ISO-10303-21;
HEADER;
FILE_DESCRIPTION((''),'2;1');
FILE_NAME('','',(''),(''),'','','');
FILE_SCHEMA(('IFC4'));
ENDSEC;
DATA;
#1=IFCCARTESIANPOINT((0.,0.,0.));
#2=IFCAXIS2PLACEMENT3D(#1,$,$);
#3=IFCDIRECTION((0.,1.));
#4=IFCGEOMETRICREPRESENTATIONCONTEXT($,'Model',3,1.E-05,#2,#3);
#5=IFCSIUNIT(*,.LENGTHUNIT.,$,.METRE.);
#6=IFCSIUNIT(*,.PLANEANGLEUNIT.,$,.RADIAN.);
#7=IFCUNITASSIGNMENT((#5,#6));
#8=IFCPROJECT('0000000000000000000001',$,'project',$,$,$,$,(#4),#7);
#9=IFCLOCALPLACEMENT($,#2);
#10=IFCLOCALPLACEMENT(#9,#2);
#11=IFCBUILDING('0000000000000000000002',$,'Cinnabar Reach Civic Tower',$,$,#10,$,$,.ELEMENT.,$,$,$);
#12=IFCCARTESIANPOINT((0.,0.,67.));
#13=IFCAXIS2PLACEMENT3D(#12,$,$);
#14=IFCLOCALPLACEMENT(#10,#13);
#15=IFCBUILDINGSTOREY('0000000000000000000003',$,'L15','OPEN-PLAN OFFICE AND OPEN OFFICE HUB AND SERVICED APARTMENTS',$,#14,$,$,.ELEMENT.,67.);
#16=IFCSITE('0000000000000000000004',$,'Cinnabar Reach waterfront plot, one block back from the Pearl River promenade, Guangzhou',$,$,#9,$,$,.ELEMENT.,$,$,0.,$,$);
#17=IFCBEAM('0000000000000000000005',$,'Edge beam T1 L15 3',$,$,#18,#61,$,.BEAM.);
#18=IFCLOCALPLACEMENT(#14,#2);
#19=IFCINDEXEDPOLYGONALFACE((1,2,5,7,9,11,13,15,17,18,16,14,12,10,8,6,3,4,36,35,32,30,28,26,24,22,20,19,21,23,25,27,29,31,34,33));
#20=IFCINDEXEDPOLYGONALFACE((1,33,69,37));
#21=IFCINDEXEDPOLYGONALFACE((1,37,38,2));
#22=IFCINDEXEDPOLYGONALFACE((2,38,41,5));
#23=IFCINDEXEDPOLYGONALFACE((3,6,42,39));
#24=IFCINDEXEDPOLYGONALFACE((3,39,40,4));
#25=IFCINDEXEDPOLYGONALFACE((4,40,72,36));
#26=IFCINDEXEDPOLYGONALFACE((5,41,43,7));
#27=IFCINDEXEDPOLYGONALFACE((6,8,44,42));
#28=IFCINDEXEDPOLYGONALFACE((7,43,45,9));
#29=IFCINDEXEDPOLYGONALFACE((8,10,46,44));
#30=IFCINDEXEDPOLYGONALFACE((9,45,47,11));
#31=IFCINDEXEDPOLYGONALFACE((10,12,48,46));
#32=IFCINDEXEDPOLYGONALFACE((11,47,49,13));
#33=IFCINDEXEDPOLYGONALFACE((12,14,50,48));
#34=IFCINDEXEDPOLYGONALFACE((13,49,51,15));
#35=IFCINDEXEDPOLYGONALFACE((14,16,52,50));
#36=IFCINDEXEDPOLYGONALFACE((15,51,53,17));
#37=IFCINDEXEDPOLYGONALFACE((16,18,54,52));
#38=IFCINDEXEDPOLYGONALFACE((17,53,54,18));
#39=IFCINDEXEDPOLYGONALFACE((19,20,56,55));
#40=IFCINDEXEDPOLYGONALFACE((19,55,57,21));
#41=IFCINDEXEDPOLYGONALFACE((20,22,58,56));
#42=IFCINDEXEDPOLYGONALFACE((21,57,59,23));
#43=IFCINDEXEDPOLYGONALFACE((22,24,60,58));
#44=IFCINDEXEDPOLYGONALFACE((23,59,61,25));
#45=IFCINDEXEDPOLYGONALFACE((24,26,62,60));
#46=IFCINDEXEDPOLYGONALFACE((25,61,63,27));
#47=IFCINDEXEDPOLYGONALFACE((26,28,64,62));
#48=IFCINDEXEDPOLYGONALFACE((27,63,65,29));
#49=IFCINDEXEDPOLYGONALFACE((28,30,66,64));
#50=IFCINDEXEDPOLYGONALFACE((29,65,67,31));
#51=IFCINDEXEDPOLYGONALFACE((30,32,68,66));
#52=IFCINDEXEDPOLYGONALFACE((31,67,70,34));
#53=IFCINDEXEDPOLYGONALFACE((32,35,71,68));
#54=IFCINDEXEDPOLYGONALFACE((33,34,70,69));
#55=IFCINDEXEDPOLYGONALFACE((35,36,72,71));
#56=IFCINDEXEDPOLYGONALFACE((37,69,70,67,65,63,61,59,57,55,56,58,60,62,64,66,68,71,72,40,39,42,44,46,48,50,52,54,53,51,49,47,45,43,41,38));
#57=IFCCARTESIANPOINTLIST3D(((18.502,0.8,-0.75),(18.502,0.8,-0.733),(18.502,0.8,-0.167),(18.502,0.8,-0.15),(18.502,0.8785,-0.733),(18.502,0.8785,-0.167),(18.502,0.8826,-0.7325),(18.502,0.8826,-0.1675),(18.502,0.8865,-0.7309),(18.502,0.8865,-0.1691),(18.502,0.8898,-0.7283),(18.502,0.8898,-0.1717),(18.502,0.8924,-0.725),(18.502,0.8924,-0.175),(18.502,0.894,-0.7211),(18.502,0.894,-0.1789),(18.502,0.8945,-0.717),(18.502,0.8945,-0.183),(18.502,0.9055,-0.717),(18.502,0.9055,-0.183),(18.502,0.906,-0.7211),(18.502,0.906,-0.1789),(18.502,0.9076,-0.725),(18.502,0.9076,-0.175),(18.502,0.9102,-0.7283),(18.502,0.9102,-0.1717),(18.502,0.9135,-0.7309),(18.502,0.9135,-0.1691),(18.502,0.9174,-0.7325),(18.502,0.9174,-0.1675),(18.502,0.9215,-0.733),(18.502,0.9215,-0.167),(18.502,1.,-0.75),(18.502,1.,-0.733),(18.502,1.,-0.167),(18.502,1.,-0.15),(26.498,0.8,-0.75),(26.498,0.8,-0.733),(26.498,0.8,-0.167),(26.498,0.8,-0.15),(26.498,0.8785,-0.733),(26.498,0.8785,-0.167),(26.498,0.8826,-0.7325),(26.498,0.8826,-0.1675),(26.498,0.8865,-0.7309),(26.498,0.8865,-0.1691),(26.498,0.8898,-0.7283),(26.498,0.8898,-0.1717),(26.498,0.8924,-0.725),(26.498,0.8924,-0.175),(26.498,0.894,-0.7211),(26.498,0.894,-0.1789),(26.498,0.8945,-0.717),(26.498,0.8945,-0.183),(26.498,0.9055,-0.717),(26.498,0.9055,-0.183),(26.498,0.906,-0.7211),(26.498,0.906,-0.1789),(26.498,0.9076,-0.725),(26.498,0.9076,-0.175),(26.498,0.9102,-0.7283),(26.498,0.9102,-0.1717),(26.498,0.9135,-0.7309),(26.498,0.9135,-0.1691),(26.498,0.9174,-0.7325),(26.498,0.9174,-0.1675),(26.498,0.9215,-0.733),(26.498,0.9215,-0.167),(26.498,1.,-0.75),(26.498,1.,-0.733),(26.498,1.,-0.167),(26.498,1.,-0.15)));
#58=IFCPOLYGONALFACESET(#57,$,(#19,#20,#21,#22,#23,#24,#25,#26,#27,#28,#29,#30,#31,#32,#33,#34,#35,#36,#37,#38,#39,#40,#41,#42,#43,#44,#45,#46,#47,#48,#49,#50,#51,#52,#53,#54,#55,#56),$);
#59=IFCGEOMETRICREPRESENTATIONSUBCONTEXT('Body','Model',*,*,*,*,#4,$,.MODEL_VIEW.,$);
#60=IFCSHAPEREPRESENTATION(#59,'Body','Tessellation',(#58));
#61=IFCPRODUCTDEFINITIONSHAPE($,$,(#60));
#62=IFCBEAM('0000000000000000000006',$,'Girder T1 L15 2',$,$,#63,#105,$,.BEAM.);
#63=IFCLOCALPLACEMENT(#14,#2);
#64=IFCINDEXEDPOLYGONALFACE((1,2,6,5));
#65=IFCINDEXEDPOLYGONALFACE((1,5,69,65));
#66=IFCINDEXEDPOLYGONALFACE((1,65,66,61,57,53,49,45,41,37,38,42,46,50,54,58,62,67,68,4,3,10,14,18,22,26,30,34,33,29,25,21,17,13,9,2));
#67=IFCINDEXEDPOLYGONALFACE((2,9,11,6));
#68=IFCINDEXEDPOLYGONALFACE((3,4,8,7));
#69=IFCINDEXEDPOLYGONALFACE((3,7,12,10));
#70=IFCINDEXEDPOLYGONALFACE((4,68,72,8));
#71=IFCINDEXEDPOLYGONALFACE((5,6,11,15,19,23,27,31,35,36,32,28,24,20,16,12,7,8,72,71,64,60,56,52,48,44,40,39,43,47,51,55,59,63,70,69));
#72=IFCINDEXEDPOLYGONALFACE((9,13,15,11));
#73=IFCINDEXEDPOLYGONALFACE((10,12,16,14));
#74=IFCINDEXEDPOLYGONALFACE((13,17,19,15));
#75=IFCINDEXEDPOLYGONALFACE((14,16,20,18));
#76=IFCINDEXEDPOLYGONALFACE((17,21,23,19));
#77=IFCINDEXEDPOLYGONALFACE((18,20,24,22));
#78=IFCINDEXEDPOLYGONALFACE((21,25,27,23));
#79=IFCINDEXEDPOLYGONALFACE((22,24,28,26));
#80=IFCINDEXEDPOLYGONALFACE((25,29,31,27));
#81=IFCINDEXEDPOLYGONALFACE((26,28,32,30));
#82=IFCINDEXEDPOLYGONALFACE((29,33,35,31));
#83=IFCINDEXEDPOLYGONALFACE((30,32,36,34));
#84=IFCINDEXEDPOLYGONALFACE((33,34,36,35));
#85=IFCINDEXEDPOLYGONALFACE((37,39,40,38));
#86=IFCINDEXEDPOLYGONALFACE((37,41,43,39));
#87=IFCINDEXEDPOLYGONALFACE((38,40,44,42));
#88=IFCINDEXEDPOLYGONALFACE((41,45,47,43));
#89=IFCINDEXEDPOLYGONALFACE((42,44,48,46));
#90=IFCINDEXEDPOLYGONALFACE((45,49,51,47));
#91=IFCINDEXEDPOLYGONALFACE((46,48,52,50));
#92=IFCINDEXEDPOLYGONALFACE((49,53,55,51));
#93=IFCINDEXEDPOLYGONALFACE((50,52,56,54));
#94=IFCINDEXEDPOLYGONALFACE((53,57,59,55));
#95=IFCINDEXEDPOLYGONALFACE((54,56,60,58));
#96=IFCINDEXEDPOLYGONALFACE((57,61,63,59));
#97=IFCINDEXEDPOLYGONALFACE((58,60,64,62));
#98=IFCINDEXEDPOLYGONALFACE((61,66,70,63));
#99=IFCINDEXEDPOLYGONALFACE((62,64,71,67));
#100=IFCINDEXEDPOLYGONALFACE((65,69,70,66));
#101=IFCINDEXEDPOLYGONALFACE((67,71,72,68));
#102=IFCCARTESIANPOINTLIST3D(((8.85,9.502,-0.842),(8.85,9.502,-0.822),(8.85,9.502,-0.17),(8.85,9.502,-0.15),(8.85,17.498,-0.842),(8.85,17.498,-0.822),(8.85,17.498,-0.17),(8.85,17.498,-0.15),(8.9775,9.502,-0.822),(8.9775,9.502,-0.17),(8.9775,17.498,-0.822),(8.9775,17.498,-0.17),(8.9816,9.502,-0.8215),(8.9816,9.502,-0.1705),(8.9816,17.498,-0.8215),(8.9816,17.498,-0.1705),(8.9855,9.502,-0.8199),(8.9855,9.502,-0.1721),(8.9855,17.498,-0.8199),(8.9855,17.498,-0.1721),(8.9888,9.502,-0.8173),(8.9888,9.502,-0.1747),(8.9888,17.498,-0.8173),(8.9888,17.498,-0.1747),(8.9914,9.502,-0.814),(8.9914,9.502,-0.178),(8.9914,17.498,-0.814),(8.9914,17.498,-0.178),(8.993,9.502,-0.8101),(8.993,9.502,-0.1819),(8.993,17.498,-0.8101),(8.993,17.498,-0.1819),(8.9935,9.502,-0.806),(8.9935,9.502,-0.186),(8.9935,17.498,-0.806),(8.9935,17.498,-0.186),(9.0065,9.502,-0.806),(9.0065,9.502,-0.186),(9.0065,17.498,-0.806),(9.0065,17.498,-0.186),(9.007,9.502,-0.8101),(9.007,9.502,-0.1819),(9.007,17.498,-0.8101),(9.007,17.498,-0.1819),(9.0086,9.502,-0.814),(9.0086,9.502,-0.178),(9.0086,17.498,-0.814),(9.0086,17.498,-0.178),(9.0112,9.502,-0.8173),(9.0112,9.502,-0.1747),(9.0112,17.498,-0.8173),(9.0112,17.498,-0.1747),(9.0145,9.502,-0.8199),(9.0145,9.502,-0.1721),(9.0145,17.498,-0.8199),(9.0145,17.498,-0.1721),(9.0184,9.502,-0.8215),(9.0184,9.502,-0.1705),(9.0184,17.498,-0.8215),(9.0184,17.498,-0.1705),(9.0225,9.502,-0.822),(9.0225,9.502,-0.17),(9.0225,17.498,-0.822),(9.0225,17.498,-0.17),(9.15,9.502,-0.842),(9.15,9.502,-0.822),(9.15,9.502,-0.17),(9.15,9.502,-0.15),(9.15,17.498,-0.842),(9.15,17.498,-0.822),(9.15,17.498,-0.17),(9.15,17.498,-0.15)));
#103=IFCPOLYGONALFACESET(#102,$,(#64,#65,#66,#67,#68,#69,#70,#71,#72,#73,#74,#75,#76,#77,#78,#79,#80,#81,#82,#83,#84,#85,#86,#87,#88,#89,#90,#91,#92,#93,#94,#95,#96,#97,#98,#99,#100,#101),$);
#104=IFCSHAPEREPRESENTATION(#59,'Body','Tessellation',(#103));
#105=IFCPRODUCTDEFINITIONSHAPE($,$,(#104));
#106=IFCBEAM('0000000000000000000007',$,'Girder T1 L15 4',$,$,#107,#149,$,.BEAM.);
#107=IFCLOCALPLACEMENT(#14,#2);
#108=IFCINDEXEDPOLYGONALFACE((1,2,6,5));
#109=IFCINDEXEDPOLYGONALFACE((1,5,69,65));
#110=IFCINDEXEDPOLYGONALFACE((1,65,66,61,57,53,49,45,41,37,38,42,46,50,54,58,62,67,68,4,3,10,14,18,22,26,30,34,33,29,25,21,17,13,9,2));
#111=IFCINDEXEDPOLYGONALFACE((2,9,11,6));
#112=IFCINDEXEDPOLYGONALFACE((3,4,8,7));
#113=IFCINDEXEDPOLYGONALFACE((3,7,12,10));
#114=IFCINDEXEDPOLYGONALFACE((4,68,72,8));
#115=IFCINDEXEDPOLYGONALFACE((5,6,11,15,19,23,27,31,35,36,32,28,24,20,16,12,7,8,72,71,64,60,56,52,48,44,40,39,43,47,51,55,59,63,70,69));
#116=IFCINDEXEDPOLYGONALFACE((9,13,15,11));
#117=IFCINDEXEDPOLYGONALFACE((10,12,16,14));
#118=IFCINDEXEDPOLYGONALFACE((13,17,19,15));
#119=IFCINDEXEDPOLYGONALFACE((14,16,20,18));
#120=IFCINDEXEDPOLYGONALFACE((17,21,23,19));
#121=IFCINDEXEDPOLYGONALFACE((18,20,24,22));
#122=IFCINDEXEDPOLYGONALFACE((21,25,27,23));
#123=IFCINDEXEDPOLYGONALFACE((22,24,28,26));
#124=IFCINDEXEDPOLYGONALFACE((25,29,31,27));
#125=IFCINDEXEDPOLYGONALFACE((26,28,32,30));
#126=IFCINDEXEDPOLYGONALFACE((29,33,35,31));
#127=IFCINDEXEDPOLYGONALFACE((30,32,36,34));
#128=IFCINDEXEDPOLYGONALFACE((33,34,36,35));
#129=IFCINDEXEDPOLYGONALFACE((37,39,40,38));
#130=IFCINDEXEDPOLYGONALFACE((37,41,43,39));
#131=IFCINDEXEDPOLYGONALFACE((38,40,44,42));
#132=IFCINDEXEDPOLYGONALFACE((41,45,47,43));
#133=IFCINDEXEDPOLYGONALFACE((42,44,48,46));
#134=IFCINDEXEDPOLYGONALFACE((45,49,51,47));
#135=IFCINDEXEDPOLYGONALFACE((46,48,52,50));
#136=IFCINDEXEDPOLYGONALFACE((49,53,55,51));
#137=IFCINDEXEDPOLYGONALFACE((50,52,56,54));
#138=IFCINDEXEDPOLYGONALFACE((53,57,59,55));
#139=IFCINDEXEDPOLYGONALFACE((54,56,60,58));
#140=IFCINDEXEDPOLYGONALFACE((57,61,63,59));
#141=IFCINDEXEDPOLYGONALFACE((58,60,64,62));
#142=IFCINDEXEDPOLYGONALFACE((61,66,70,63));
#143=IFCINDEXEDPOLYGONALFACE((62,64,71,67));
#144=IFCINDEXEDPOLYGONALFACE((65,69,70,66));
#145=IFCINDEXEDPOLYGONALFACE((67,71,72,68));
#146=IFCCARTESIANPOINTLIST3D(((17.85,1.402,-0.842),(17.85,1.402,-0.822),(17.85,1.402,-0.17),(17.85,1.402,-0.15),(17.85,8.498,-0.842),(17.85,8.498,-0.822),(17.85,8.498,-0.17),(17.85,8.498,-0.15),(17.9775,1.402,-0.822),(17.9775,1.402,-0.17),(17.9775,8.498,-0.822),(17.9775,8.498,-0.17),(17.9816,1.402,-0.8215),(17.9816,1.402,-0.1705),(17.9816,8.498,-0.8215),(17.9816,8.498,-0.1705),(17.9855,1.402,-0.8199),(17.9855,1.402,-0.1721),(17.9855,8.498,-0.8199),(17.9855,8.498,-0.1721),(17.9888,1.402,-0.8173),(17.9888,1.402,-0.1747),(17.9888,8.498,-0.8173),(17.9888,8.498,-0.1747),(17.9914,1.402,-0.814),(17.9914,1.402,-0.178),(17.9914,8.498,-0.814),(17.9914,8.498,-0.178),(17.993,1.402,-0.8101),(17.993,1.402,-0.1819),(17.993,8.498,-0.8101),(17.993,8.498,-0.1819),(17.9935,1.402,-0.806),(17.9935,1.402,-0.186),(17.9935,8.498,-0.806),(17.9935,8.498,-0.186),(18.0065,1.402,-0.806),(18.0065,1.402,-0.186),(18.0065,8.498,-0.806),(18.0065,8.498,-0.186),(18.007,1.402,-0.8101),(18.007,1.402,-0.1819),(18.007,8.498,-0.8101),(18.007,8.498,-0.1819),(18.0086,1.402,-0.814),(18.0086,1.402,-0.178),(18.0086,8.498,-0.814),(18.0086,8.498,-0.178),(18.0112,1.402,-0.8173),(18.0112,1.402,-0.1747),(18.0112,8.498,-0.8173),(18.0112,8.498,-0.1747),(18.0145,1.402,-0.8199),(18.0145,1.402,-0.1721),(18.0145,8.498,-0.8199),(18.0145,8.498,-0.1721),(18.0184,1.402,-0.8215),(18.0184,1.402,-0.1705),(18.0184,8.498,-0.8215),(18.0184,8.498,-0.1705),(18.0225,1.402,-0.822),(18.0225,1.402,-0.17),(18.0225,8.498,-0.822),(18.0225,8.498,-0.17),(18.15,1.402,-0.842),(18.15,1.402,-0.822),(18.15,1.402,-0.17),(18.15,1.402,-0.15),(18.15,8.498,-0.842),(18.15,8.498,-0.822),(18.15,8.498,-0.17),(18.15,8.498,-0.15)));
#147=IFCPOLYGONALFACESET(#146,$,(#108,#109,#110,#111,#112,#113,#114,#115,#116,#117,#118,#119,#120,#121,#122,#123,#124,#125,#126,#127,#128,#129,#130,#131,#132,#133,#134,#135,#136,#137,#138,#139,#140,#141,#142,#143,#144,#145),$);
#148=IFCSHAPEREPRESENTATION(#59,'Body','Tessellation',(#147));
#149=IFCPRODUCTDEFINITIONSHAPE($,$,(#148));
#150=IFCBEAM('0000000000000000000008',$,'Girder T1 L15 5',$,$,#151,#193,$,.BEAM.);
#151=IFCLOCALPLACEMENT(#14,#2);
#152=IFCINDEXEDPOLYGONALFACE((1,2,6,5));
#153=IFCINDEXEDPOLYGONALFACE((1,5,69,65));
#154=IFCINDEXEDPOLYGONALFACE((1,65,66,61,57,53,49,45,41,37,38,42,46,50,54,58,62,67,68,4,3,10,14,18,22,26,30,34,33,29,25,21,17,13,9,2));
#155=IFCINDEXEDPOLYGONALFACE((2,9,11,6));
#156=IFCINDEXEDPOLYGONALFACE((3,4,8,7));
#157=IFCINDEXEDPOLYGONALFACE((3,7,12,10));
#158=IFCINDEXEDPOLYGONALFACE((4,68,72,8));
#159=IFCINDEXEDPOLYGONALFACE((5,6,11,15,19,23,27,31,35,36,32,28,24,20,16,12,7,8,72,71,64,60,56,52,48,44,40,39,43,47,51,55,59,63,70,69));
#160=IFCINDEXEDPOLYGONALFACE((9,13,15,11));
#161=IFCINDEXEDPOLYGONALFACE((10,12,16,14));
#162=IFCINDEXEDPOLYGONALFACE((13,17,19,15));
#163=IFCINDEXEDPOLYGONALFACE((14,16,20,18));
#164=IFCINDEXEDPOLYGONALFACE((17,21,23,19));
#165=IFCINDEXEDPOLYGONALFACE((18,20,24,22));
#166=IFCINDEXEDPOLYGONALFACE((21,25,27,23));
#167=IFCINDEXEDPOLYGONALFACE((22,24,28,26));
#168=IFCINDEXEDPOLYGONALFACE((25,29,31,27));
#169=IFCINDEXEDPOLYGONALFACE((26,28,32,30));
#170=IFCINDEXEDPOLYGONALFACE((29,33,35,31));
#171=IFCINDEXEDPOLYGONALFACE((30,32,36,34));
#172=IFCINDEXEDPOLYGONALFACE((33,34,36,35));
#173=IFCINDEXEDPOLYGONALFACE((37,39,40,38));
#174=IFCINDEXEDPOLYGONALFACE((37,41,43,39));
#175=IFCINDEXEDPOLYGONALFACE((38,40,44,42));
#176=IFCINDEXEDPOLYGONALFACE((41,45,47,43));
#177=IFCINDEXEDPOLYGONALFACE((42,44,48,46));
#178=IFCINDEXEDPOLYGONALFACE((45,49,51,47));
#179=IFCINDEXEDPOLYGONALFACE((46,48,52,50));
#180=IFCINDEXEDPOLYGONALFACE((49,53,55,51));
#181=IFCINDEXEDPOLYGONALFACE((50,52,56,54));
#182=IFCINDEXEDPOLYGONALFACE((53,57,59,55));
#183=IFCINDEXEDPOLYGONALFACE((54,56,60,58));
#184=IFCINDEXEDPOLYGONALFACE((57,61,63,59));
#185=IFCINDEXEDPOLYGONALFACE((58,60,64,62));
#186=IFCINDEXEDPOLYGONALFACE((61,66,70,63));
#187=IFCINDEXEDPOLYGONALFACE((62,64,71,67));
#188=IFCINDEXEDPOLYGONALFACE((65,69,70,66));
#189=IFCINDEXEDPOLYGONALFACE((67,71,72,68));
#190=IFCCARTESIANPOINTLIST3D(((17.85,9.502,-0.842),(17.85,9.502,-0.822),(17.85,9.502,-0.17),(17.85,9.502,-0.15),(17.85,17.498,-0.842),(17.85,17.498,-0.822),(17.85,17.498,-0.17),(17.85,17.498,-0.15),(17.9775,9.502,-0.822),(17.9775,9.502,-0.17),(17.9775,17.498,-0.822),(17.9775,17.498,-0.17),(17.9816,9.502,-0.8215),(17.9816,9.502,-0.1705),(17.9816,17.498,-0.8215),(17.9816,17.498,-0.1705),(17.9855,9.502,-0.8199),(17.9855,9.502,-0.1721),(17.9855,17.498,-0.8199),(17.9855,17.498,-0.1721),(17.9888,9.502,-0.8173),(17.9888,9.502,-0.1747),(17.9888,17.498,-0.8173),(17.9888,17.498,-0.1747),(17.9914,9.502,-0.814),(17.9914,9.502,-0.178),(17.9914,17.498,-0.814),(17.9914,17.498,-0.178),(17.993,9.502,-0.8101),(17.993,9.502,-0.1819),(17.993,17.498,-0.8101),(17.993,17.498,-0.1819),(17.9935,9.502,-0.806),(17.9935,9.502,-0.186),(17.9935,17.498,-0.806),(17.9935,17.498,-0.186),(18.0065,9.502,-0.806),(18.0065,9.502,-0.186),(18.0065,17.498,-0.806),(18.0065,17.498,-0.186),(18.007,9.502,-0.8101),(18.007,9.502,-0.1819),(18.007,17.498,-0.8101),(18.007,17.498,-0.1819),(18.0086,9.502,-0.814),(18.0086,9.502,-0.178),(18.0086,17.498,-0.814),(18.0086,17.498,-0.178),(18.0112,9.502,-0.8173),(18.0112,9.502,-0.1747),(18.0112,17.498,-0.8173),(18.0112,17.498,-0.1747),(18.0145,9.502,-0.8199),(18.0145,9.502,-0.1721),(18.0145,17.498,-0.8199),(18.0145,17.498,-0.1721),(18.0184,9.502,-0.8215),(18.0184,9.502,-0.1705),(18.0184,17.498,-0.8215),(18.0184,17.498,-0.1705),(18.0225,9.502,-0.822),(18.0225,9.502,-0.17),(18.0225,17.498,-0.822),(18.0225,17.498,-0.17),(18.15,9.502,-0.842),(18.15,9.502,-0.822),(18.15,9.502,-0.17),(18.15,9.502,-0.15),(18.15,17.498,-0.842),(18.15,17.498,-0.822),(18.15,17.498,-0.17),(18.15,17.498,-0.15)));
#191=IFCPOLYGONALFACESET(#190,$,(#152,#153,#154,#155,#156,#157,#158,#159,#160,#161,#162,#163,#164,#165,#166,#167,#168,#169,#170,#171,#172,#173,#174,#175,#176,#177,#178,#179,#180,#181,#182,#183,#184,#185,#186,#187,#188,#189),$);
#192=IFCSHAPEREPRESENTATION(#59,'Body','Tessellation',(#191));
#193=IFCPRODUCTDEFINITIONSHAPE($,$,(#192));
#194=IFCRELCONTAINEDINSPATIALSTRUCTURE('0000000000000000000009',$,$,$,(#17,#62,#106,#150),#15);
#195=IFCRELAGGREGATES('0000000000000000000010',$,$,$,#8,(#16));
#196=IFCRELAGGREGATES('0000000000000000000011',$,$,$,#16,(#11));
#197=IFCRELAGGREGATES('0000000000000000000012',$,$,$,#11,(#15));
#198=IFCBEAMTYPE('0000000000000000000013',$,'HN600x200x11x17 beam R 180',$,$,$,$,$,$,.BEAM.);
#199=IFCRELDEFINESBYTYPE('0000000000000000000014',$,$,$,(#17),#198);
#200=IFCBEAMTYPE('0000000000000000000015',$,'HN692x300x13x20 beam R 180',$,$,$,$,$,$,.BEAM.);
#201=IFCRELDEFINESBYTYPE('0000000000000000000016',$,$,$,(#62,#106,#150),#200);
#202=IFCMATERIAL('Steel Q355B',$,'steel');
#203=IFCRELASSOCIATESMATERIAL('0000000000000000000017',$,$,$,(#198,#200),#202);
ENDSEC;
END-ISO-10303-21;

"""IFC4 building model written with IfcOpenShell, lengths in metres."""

from ifc_helpers import new_model, si_unit, direction, frame, origin, origin_2d, place, context, subcontext, project, spatial, i_section, extrude, material, material_profile, profile_set, type_object, element, save


model = new_model("IFC4")

# Units and contexts
model_context = context("Model", 3, precision=1e-05, world=origin(), true_north=direction((0.0, 1.0)))
body_context = subcontext(model_context, "Body", "Model", "MODEL_VIEW")
ifc_project = project(units=[si_unit("LENGTHUNIT", "METRE"), si_unit("PLANEANGLEUNIT", "RADIAN")], contexts=[model_context])

# Site, building, storey
site_placement = place(None, origin())
site = spatial("IfcSite", under=ifc_project, at=site_placement, Name="Cinnabar Reach waterfront plot, one block back from the Pearl River promenade, Guangzhou", CompositionType="ELEMENT", RefElevation=0.0)
building_placement = place(site_placement, origin())
building = spatial("IfcBuilding", under=site, at=building_placement, Name="Cinnabar Reach Civic Tower", CompositionType="ELEMENT")
storey_placement = place(building_placement, frame((0.0, 0.0, 67.0)))
storey = spatial("IfcBuildingStorey", under=building, at=storey_placement, Name="L15", Description="OPEN-PLAN OFFICE AND OPEN OFFICE HUB AND SERVICED APARTMENTS", CompositionType="ELEMENT", Elevation=67.0)

# Beams
ifc_material_1 = material(Name="Steel Q355B", Category="steel")
ifc_material_profile_1 = material_profile(ifc_material_1, i_section(OverallWidth=0.2, OverallDepth=0.6, WebThickness=0.011, FlangeThickness=0.017, FilletRadius=0.016, at=origin_2d()), Name="HN600x200x11x17")
ifc_profile_set_1 = profile_set([ifc_material_profile_1], Name="Steel Q355B")
beam_type_1 = type_object("IfcBeamType", Name="HN600x200x11x17 beam R 180", PredefinedType="BEAM", material=ifc_profile_set_1)
for number, where, z_axis, x_axis, name in (
    (1, (18.502, 0.9, -0.45), (1.0, 0.0, 0.0), (0.0, 1.0, 0.0), "Edge beam T1 L15 3"),
):
    element("IfcBeam", number, at=place(storey_placement, frame(where, z_axis=z_axis, x_axis=x_axis)), inside=storey, type_object=beam_type_1, Name=name, PredefinedType="BEAM", context=body_context, shape_type="SweptSolid", body=[
        extrude(i_section(OverallWidth=0.2, OverallDepth=0.6, WebThickness=0.011, FlangeThickness=0.017, FilletRadius=0.016, at=origin_2d()), origin(), (0.0, 0.0, 1.0), 7.996),
    ])
ifc_material_profile_2 = material_profile(ifc_material_1, i_section(OverallWidth=0.3, OverallDepth=0.692, WebThickness=0.013, FlangeThickness=0.02, FilletRadius=0.016, at=origin_2d()), Name="HN692x300x13x20")
ifc_profile_set_2 = profile_set([ifc_material_profile_2], Name="Steel Q355B")
beam_type_2 = type_object("IfcBeamType", Name="HN692x300x13x20 beam R 180", PredefinedType="BEAM", material=ifc_profile_set_2)
beam_1_placement = place(storey_placement, frame((9.0, 9.502, -0.496), z_axis=(0.0, 1.0, 0.0), x_axis=(-1.0, 0.0, 0.0)))
element("IfcBeam", 2, at=beam_1_placement, inside=storey, type_object=beam_type_2, Name="Girder T1 L15 2", PredefinedType="BEAM", context=body_context, shape_type="SweptSolid", body=[
    extrude(i_section(OverallWidth=0.3, OverallDepth=0.692, WebThickness=0.013, FlangeThickness=0.02, FilletRadius=0.016, at=origin_2d()), origin(), (0.0, 0.0, 1.0), 7.996),
])
beam_2_placement = place(storey_placement, frame((18.0, 1.402, -0.496), z_axis=(0.0, 1.0, 0.0), x_axis=(-1.0, 0.0, 0.0)))
element("IfcBeam", 3, at=beam_2_placement, inside=storey, type_object=beam_type_2, Name="Girder T1 L15 4", PredefinedType="BEAM", context=body_context, shape_type="SweptSolid", body=[
    extrude(i_section(OverallWidth=0.3, OverallDepth=0.692, WebThickness=0.013, FlangeThickness=0.02, FilletRadius=0.016, at=origin_2d()), origin(), (0.0, 0.0, 1.0), 7.096),
])
beam_3_placement = place(storey_placement, frame((18.0, 9.502, -0.496), z_axis=(0.0, 1.0, 0.0), x_axis=(-1.0, 0.0, 0.0)))
element("IfcBeam", 4, at=beam_3_placement, inside=storey, type_object=beam_type_2, Name="Girder T1 L15 5", PredefinedType="BEAM", context=body_context, shape_type="SweptSolid", body=[
    extrude(i_section(OverallWidth=0.3, OverallDepth=0.692, WebThickness=0.013, FlangeThickness=0.02, FilletRadius=0.016, at=origin_2d()), origin(), (0.0, 0.0, 1.0), 7.996),
])

save(model, "model.ifc")
